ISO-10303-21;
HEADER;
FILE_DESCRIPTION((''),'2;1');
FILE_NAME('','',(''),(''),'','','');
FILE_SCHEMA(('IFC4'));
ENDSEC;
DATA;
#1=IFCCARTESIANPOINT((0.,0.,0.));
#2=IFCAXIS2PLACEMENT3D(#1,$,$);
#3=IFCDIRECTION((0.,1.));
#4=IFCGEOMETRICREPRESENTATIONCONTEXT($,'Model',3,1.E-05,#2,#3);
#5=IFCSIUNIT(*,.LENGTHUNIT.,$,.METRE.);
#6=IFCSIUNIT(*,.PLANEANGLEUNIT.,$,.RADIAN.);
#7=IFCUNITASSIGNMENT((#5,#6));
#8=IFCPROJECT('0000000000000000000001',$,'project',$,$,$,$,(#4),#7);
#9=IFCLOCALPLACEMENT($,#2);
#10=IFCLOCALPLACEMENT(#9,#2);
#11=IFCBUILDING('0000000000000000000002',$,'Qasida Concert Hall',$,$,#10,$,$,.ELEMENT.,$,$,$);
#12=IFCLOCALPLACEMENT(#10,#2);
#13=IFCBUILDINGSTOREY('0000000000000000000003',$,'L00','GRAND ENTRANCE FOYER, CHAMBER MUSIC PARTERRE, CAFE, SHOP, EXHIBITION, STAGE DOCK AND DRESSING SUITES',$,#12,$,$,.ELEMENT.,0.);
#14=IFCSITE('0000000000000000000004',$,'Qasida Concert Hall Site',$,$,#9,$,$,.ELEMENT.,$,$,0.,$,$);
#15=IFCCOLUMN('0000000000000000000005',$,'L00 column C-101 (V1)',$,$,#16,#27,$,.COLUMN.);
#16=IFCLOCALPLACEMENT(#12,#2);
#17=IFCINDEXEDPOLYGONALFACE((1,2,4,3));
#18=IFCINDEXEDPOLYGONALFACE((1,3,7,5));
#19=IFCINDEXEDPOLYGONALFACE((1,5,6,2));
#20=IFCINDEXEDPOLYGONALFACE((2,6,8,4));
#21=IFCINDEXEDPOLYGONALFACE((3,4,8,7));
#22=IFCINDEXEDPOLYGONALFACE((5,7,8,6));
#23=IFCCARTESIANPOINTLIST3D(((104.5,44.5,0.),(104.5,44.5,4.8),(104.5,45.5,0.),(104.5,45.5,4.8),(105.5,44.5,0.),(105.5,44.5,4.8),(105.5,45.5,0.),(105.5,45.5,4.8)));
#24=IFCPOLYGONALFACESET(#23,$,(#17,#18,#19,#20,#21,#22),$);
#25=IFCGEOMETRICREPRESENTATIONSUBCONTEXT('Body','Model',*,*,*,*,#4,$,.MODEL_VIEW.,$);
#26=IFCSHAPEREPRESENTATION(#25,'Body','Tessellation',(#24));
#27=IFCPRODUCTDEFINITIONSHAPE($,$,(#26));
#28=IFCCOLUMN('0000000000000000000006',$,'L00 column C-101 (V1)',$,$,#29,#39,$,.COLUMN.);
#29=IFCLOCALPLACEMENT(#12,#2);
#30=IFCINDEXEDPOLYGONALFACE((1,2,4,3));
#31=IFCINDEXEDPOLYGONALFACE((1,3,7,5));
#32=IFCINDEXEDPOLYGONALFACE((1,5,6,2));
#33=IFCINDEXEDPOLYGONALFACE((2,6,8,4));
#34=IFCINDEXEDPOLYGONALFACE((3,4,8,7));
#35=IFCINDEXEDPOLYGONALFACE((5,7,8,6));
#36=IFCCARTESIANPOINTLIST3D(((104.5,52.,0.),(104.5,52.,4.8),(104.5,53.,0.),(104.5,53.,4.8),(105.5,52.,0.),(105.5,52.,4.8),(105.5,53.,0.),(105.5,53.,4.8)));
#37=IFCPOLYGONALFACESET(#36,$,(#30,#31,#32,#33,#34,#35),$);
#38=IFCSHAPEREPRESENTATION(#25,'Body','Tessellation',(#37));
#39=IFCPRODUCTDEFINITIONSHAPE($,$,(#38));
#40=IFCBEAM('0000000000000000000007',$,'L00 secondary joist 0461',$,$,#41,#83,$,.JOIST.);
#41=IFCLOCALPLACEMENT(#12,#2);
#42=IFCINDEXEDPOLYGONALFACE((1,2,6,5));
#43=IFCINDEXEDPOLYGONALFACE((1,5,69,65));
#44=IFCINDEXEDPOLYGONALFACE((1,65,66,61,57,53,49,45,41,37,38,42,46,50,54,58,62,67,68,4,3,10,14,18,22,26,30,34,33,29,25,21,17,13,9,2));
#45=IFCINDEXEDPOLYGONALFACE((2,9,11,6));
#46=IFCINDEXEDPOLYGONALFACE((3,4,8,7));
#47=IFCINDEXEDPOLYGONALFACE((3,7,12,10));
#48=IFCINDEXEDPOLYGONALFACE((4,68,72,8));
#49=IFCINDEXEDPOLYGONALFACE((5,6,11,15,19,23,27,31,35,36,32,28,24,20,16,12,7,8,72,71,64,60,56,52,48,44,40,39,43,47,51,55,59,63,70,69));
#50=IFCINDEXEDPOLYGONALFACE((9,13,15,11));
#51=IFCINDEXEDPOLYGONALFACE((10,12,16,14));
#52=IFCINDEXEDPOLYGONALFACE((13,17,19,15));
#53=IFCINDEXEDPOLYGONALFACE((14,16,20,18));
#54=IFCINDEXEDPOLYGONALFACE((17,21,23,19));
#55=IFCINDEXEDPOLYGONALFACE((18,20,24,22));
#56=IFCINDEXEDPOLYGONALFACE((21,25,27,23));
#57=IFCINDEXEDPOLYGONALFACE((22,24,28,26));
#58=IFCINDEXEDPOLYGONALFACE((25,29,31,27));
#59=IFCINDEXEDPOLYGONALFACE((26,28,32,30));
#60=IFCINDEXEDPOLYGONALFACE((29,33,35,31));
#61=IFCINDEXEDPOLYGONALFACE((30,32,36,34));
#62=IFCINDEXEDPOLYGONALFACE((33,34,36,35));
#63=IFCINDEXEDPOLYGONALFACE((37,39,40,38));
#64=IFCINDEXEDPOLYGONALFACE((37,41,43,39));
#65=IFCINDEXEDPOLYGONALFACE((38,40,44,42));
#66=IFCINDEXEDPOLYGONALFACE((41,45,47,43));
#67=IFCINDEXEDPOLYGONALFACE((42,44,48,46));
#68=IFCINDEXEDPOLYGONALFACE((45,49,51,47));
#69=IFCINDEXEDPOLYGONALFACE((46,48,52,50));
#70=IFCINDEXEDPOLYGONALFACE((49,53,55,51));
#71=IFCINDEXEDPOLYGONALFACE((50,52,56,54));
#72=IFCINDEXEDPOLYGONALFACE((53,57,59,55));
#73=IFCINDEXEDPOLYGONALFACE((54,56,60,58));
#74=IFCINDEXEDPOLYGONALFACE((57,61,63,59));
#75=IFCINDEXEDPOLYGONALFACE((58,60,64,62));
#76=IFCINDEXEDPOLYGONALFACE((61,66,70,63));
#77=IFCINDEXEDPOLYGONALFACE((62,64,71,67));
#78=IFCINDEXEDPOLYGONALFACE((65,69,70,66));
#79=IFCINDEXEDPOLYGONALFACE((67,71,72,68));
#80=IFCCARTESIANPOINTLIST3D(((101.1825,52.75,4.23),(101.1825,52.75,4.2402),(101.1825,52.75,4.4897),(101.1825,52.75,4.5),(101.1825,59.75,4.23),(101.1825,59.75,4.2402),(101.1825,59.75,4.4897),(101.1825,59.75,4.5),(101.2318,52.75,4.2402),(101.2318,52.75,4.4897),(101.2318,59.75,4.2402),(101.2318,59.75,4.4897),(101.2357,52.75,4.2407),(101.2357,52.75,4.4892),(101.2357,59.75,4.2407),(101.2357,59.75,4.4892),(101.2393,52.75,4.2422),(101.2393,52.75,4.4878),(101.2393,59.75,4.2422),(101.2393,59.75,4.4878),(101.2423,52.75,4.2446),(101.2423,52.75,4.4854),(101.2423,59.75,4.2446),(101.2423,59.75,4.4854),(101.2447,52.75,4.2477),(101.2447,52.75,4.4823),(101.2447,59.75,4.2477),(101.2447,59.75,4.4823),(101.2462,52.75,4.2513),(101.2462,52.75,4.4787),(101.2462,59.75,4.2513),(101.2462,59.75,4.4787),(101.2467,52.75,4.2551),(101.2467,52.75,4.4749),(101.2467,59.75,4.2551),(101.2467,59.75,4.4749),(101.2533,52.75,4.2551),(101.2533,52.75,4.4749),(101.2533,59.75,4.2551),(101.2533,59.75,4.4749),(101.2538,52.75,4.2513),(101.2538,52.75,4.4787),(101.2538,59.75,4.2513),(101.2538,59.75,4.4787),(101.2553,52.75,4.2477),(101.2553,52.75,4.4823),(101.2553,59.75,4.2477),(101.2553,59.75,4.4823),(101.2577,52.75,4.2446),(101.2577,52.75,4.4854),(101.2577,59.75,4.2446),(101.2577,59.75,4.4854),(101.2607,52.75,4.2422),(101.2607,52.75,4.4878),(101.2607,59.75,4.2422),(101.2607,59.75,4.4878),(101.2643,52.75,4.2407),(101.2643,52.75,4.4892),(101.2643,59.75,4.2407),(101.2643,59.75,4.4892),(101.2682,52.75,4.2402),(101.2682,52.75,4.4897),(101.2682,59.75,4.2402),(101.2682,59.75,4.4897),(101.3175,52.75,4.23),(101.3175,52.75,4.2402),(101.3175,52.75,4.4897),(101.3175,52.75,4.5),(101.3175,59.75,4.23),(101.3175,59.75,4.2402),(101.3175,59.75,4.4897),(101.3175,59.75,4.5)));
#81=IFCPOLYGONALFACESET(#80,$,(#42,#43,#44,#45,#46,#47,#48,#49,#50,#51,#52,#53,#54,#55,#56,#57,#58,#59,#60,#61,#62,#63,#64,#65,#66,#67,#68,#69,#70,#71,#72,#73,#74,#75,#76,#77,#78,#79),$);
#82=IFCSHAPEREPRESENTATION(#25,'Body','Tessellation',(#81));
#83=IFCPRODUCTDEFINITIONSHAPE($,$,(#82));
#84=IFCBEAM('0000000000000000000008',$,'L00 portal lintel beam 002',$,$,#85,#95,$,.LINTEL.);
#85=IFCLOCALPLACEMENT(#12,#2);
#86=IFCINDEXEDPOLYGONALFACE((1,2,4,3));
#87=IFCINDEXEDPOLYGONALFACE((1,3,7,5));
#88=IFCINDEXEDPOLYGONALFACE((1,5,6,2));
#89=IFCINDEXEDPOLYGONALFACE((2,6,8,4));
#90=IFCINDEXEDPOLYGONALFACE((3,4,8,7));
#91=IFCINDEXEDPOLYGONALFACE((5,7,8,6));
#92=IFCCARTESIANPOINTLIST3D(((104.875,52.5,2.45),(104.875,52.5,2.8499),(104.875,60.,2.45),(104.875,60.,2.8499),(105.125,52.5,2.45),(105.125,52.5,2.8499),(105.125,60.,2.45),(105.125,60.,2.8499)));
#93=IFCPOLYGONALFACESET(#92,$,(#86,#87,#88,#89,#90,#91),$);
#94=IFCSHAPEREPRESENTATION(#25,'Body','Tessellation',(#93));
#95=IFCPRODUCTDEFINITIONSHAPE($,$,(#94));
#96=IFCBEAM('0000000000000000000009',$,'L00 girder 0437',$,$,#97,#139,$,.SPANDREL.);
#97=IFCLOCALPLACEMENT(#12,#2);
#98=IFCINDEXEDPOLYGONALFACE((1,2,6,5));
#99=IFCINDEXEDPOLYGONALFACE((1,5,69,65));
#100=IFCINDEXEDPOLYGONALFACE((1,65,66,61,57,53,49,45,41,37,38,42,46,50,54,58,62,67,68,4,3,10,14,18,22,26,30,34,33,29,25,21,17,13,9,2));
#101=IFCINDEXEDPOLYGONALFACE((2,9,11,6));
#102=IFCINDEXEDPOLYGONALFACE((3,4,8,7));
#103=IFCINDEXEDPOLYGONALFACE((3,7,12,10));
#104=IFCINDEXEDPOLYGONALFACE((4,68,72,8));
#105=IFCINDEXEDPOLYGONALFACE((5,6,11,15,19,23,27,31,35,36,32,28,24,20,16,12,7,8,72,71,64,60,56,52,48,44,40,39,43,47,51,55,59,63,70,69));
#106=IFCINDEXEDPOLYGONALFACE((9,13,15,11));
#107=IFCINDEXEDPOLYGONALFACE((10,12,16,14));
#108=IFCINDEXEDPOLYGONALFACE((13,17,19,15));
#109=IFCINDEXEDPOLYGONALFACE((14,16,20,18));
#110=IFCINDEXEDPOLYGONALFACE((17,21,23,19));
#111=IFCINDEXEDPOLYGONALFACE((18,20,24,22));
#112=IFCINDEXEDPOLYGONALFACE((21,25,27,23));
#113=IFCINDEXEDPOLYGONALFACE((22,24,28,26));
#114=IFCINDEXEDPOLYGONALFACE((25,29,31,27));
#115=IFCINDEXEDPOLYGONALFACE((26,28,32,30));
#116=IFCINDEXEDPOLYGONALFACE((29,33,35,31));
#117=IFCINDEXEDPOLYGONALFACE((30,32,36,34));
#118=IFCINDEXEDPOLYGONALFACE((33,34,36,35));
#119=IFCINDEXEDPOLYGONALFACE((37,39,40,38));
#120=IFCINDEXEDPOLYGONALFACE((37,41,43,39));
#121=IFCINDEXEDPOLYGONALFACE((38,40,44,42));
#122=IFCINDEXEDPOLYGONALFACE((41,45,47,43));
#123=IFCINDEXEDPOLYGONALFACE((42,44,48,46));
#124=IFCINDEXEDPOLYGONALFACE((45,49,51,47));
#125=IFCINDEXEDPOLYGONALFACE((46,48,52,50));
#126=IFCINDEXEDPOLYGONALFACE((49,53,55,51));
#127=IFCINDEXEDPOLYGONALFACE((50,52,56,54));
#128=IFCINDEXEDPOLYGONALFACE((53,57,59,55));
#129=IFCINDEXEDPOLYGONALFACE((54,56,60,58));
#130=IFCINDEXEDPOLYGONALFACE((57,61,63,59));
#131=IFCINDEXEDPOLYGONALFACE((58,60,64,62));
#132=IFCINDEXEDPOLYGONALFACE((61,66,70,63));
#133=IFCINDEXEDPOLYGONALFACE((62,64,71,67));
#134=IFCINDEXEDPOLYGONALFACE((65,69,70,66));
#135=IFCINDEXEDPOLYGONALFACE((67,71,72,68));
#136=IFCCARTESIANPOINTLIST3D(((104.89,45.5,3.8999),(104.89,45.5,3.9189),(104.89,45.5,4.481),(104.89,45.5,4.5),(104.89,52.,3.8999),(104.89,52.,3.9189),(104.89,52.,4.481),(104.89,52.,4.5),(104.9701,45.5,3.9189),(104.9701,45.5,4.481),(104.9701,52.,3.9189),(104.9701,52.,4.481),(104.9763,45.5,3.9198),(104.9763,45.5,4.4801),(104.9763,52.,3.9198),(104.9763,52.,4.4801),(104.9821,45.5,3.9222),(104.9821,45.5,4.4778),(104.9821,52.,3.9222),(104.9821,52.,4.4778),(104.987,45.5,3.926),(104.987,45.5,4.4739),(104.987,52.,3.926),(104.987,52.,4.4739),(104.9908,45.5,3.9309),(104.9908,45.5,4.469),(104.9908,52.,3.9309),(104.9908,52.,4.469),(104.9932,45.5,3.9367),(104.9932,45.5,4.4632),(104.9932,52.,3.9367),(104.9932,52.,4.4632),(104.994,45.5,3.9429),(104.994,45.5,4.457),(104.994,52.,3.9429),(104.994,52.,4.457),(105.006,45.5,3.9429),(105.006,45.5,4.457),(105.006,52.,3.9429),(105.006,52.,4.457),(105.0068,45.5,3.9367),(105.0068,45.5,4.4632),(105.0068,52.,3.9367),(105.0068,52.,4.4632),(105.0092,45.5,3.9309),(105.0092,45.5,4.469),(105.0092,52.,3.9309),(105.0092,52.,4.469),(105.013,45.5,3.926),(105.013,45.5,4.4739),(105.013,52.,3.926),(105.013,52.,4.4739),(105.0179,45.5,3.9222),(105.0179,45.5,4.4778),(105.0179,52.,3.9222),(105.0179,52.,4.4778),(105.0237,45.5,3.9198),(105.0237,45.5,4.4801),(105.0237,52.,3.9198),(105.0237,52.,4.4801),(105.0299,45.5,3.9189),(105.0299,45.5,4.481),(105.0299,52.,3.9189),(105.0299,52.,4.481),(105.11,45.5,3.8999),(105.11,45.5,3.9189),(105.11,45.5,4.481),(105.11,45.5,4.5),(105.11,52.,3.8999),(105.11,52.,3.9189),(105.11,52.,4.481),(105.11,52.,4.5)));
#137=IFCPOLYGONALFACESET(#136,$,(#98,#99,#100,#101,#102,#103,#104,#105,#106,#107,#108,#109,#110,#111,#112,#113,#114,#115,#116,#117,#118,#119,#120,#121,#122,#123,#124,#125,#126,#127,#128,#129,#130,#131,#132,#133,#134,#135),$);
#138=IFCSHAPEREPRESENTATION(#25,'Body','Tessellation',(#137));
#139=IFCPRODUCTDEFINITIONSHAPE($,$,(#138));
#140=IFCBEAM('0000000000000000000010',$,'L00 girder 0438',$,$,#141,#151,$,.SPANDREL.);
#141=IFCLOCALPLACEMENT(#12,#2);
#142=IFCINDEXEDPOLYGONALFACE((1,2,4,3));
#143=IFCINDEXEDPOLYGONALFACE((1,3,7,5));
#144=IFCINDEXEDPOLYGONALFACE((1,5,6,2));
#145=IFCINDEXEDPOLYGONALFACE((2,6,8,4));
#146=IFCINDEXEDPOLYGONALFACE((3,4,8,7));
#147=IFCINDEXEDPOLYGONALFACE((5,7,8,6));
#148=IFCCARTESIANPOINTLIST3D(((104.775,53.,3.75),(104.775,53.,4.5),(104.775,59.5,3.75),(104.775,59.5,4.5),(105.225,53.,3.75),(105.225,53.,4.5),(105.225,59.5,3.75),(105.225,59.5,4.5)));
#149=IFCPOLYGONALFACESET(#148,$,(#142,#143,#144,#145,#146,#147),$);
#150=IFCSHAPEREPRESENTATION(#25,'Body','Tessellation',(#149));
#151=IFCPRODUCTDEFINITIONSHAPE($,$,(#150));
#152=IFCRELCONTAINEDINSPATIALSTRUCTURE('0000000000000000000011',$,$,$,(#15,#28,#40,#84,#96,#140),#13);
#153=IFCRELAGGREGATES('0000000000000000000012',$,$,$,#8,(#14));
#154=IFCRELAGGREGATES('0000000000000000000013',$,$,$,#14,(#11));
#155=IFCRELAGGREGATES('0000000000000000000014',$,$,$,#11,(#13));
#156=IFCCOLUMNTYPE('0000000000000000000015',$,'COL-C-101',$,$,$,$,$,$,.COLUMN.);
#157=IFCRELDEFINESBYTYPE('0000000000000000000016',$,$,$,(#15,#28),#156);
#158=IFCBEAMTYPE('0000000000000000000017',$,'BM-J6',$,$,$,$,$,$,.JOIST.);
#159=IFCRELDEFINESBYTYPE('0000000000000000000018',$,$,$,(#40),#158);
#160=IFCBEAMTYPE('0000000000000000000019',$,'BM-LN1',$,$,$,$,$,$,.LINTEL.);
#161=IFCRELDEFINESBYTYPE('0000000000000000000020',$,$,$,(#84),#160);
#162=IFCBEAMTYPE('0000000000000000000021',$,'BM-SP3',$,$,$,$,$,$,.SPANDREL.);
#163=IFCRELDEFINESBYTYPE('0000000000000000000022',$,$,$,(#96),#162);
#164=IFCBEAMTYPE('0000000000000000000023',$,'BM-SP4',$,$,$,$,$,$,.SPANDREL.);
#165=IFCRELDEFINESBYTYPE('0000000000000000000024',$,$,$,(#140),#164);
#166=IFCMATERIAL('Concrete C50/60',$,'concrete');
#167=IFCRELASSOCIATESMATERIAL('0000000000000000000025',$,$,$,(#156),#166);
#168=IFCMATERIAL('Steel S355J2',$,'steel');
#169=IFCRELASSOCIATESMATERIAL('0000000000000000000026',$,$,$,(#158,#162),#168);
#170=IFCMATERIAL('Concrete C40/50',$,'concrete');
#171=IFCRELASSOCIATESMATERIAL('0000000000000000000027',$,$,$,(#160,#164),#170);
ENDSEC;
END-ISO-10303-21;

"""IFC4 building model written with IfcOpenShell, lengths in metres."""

from ifc_helpers import new_model, si_unit, direction, frame, origin, origin_2d, place, context, subcontext, project, spatial, rectangle, i_section, extrude, material, material_profile, profile_set, type_object, element, save


model = new_model("IFC4")

# Units and contexts
model_context = context("Model", 3, precision=1e-05, world=origin(), true_north=direction((0.0, 1.0)))
body_context = subcontext(model_context, "Body", "Model", "MODEL_VIEW")
ifc_project = project(units=[si_unit("LENGTHUNIT", "METRE"), si_unit("PLANEANGLEUNIT", "RADIAN")], contexts=[model_context])

# Site, building, storey
site_placement = place(None, origin())
site = spatial("IfcSite", under=ifc_project, at=site_placement, Name="Qasida Concert Hall Site", CompositionType="ELEMENT", RefElevation=0.0)
building_placement = place(site_placement, origin())
building = spatial("IfcBuilding", under=site, at=building_placement, Name="Qasida Concert Hall", CompositionType="ELEMENT")
storey_placement = place(building_placement, origin())
storey = spatial("IfcBuildingStorey", under=building, at=storey_placement, Name="L00", Description="GRAND ENTRANCE FOYER, CHAMBER MUSIC PARTERRE, CAFE, SHOP, EXHIBITION, STAGE DOCK AND DRESSING SUITES", CompositionType="ELEMENT", Elevation=0.0)

# Columns
ifc_material_1 = material(Name="Concrete C50/60", Category="concrete")
ifc_material_profile_1 = material_profile(ifc_material_1, rectangle(XDim=1.0, YDim=1.0, at=origin_2d()), Name="RC 1000x1000")
ifc_profile_set_1 = profile_set([ifc_material_profile_1], Name="Concrete C50/60")
column_type = type_object("IfcColumnType", Name="COL-C-101", PredefinedType="COLUMN", material=ifc_profile_set_1)
for number, where, z_axis, x_axis, name in (
    (1, (105.0, 45.0, 0.0), (0.0, 0.0, 1.0), (1.0, 0.0, 0.0), "L00 column C-101 (V1)"),
    (2, (105.0, 52.5, 0.0), (0.0, 0.0, 1.0), (1.0, 0.0, 0.0), "L00 column C-101 (V1)"),
):
    element("IfcColumn", number, at=place(storey_placement, frame(where, z_axis=z_axis, x_axis=x_axis)), inside=storey, type_object=column_type, Name=name, PredefinedType="COLUMN", context=body_context, shape_type="SweptSolid", body=[
        extrude(rectangle(XDim=1.0, YDim=1.0, at=origin_2d()), origin(), (0.0, 0.0, 1.0), 4.8),
    ])

# Beams
ifc_material_2 = material(Name="Steel S355J2", Category="steel")
ifc_material_profile_2 = material_profile(ifc_material_2, i_section(OverallWidth=0.135, OverallDepth=0.27, WebThickness=0.0066, FlangeThickness=0.0103, FilletRadius=0.0149, at=origin_2d()), Name="IPE 270")
ifc_profile_set_2 = profile_set([ifc_material_profile_2], Name="Steel S355J2")
beam_type_1 = type_object("IfcBeamType", Name="BM-J6", PredefinedType="JOIST", material=ifc_profile_set_2)
beam_1_placement = place(storey_placement, frame((101.25, 52.75, 4.365), z_axis=(0.0, 1.0, 0.0), x_axis=(-1.0, 0.0, 0.0)))
element("IfcBeam", 3, at=beam_1_placement, inside=storey, type_object=beam_type_1, Name="L00 secondary joist 0461", PredefinedType="JOIST", context=body_context, shape_type="SweptSolid", body=[
    extrude(i_section(OverallWidth=0.135, OverallDepth=0.27, WebThickness=0.0066, FlangeThickness=0.0103, FilletRadius=0.0149, at=origin_2d()), origin(), (0.0, 0.0, 1.0), 7.0),
])
ifc_material_3 = material(Name="Concrete C40/50", Category="concrete")
ifc_material_profile_3 = material_profile(ifc_material_3, rectangle(XDim=0.25, YDim=0.3999, at=origin_2d()), Name="RC 250x400")
ifc_profile_set_3 = profile_set([ifc_material_profile_3], Name="Concrete C40/50")
beam_type_2 = type_object("IfcBeamType", Name="BM-LN1", PredefinedType="LINTEL", material=ifc_profile_set_3)
beam_2_placement = place(storey_placement, frame((105.0, 52.5, 2.6499), z_axis=(0.0, 1.0, 0.0), x_axis=(-1.0, 0.0, 0.0)))
element("IfcBeam", 4, at=beam_2_placement, inside=storey, type_object=beam_type_2, Name="L00 portal lintel beam 002", PredefinedType="LINTEL", context=body_context, shape_type="SweptSolid", body=[
    extrude(rectangle(XDim=0.25, YDim=0.3999, at=origin_2d()), origin(), (0.0, 0.0, 1.0), 7.5),
])
ifc_material_profile_4 = material_profile(ifc_material_2, i_section(OverallWidth=0.22, OverallDepth=0.6001, WebThickness=0.012, FlangeThickness=0.019, FilletRadius=0.0239, at=origin_2d()), Name="IPE 600")
ifc_profile_set_4 = profile_set([ifc_material_profile_4], Name="Steel S355J2")
beam_type_3 = type_object("IfcBeamType", Name="BM-SP3", PredefinedType="SPANDREL", material=ifc_profile_set_4)
beam_3_placement = place(storey_placement, frame((105.0, 45.5, 4.2), z_axis=(0.0, 1.0, 0.0), x_axis=(-1.0, 0.0, 0.0)))
element("IfcBeam", 5, at=beam_3_placement, inside=storey, type_object=beam_type_3, Name="L00 girder 0437", PredefinedType="SPANDREL", context=body_context, shape_type="SweptSolid", body=[
    extrude(i_section(OverallWidth=0.22, OverallDepth=0.6001, WebThickness=0.012, FlangeThickness=0.019, FilletRadius=0.0239, at=origin_2d()), origin(), (0.0, 0.0, 1.0), 6.5),
])
ifc_material_profile_5 = material_profile(ifc_material_3, rectangle(XDim=0.45, YDim=0.75, at=origin_2d()), Name="RC 450x750")
ifc_profile_set_5 = profile_set([ifc_material_profile_5], Name="Concrete C40/50")
beam_type_4 = type_object("IfcBeamType", Name="BM-SP4", PredefinedType="SPANDREL", material=ifc_profile_set_5)
beam_4_placement = place(storey_placement, frame((105.0, 53.0, 4.125), z_axis=(0.0, 1.0, 0.0), x_axis=(-1.0, 0.0, 0.0)))
element("IfcBeam", 6, at=beam_4_placement, inside=storey, type_object=beam_type_4, Name="L00 girder 0438", PredefinedType="SPANDREL", context=body_context, shape_type="SweptSolid", body=[
    extrude(rectangle(XDim=0.45, YDim=0.75, at=origin_2d()), origin(), (0.0, 0.0, 1.0), 6.5),
])

save(model, "model.ifc")
